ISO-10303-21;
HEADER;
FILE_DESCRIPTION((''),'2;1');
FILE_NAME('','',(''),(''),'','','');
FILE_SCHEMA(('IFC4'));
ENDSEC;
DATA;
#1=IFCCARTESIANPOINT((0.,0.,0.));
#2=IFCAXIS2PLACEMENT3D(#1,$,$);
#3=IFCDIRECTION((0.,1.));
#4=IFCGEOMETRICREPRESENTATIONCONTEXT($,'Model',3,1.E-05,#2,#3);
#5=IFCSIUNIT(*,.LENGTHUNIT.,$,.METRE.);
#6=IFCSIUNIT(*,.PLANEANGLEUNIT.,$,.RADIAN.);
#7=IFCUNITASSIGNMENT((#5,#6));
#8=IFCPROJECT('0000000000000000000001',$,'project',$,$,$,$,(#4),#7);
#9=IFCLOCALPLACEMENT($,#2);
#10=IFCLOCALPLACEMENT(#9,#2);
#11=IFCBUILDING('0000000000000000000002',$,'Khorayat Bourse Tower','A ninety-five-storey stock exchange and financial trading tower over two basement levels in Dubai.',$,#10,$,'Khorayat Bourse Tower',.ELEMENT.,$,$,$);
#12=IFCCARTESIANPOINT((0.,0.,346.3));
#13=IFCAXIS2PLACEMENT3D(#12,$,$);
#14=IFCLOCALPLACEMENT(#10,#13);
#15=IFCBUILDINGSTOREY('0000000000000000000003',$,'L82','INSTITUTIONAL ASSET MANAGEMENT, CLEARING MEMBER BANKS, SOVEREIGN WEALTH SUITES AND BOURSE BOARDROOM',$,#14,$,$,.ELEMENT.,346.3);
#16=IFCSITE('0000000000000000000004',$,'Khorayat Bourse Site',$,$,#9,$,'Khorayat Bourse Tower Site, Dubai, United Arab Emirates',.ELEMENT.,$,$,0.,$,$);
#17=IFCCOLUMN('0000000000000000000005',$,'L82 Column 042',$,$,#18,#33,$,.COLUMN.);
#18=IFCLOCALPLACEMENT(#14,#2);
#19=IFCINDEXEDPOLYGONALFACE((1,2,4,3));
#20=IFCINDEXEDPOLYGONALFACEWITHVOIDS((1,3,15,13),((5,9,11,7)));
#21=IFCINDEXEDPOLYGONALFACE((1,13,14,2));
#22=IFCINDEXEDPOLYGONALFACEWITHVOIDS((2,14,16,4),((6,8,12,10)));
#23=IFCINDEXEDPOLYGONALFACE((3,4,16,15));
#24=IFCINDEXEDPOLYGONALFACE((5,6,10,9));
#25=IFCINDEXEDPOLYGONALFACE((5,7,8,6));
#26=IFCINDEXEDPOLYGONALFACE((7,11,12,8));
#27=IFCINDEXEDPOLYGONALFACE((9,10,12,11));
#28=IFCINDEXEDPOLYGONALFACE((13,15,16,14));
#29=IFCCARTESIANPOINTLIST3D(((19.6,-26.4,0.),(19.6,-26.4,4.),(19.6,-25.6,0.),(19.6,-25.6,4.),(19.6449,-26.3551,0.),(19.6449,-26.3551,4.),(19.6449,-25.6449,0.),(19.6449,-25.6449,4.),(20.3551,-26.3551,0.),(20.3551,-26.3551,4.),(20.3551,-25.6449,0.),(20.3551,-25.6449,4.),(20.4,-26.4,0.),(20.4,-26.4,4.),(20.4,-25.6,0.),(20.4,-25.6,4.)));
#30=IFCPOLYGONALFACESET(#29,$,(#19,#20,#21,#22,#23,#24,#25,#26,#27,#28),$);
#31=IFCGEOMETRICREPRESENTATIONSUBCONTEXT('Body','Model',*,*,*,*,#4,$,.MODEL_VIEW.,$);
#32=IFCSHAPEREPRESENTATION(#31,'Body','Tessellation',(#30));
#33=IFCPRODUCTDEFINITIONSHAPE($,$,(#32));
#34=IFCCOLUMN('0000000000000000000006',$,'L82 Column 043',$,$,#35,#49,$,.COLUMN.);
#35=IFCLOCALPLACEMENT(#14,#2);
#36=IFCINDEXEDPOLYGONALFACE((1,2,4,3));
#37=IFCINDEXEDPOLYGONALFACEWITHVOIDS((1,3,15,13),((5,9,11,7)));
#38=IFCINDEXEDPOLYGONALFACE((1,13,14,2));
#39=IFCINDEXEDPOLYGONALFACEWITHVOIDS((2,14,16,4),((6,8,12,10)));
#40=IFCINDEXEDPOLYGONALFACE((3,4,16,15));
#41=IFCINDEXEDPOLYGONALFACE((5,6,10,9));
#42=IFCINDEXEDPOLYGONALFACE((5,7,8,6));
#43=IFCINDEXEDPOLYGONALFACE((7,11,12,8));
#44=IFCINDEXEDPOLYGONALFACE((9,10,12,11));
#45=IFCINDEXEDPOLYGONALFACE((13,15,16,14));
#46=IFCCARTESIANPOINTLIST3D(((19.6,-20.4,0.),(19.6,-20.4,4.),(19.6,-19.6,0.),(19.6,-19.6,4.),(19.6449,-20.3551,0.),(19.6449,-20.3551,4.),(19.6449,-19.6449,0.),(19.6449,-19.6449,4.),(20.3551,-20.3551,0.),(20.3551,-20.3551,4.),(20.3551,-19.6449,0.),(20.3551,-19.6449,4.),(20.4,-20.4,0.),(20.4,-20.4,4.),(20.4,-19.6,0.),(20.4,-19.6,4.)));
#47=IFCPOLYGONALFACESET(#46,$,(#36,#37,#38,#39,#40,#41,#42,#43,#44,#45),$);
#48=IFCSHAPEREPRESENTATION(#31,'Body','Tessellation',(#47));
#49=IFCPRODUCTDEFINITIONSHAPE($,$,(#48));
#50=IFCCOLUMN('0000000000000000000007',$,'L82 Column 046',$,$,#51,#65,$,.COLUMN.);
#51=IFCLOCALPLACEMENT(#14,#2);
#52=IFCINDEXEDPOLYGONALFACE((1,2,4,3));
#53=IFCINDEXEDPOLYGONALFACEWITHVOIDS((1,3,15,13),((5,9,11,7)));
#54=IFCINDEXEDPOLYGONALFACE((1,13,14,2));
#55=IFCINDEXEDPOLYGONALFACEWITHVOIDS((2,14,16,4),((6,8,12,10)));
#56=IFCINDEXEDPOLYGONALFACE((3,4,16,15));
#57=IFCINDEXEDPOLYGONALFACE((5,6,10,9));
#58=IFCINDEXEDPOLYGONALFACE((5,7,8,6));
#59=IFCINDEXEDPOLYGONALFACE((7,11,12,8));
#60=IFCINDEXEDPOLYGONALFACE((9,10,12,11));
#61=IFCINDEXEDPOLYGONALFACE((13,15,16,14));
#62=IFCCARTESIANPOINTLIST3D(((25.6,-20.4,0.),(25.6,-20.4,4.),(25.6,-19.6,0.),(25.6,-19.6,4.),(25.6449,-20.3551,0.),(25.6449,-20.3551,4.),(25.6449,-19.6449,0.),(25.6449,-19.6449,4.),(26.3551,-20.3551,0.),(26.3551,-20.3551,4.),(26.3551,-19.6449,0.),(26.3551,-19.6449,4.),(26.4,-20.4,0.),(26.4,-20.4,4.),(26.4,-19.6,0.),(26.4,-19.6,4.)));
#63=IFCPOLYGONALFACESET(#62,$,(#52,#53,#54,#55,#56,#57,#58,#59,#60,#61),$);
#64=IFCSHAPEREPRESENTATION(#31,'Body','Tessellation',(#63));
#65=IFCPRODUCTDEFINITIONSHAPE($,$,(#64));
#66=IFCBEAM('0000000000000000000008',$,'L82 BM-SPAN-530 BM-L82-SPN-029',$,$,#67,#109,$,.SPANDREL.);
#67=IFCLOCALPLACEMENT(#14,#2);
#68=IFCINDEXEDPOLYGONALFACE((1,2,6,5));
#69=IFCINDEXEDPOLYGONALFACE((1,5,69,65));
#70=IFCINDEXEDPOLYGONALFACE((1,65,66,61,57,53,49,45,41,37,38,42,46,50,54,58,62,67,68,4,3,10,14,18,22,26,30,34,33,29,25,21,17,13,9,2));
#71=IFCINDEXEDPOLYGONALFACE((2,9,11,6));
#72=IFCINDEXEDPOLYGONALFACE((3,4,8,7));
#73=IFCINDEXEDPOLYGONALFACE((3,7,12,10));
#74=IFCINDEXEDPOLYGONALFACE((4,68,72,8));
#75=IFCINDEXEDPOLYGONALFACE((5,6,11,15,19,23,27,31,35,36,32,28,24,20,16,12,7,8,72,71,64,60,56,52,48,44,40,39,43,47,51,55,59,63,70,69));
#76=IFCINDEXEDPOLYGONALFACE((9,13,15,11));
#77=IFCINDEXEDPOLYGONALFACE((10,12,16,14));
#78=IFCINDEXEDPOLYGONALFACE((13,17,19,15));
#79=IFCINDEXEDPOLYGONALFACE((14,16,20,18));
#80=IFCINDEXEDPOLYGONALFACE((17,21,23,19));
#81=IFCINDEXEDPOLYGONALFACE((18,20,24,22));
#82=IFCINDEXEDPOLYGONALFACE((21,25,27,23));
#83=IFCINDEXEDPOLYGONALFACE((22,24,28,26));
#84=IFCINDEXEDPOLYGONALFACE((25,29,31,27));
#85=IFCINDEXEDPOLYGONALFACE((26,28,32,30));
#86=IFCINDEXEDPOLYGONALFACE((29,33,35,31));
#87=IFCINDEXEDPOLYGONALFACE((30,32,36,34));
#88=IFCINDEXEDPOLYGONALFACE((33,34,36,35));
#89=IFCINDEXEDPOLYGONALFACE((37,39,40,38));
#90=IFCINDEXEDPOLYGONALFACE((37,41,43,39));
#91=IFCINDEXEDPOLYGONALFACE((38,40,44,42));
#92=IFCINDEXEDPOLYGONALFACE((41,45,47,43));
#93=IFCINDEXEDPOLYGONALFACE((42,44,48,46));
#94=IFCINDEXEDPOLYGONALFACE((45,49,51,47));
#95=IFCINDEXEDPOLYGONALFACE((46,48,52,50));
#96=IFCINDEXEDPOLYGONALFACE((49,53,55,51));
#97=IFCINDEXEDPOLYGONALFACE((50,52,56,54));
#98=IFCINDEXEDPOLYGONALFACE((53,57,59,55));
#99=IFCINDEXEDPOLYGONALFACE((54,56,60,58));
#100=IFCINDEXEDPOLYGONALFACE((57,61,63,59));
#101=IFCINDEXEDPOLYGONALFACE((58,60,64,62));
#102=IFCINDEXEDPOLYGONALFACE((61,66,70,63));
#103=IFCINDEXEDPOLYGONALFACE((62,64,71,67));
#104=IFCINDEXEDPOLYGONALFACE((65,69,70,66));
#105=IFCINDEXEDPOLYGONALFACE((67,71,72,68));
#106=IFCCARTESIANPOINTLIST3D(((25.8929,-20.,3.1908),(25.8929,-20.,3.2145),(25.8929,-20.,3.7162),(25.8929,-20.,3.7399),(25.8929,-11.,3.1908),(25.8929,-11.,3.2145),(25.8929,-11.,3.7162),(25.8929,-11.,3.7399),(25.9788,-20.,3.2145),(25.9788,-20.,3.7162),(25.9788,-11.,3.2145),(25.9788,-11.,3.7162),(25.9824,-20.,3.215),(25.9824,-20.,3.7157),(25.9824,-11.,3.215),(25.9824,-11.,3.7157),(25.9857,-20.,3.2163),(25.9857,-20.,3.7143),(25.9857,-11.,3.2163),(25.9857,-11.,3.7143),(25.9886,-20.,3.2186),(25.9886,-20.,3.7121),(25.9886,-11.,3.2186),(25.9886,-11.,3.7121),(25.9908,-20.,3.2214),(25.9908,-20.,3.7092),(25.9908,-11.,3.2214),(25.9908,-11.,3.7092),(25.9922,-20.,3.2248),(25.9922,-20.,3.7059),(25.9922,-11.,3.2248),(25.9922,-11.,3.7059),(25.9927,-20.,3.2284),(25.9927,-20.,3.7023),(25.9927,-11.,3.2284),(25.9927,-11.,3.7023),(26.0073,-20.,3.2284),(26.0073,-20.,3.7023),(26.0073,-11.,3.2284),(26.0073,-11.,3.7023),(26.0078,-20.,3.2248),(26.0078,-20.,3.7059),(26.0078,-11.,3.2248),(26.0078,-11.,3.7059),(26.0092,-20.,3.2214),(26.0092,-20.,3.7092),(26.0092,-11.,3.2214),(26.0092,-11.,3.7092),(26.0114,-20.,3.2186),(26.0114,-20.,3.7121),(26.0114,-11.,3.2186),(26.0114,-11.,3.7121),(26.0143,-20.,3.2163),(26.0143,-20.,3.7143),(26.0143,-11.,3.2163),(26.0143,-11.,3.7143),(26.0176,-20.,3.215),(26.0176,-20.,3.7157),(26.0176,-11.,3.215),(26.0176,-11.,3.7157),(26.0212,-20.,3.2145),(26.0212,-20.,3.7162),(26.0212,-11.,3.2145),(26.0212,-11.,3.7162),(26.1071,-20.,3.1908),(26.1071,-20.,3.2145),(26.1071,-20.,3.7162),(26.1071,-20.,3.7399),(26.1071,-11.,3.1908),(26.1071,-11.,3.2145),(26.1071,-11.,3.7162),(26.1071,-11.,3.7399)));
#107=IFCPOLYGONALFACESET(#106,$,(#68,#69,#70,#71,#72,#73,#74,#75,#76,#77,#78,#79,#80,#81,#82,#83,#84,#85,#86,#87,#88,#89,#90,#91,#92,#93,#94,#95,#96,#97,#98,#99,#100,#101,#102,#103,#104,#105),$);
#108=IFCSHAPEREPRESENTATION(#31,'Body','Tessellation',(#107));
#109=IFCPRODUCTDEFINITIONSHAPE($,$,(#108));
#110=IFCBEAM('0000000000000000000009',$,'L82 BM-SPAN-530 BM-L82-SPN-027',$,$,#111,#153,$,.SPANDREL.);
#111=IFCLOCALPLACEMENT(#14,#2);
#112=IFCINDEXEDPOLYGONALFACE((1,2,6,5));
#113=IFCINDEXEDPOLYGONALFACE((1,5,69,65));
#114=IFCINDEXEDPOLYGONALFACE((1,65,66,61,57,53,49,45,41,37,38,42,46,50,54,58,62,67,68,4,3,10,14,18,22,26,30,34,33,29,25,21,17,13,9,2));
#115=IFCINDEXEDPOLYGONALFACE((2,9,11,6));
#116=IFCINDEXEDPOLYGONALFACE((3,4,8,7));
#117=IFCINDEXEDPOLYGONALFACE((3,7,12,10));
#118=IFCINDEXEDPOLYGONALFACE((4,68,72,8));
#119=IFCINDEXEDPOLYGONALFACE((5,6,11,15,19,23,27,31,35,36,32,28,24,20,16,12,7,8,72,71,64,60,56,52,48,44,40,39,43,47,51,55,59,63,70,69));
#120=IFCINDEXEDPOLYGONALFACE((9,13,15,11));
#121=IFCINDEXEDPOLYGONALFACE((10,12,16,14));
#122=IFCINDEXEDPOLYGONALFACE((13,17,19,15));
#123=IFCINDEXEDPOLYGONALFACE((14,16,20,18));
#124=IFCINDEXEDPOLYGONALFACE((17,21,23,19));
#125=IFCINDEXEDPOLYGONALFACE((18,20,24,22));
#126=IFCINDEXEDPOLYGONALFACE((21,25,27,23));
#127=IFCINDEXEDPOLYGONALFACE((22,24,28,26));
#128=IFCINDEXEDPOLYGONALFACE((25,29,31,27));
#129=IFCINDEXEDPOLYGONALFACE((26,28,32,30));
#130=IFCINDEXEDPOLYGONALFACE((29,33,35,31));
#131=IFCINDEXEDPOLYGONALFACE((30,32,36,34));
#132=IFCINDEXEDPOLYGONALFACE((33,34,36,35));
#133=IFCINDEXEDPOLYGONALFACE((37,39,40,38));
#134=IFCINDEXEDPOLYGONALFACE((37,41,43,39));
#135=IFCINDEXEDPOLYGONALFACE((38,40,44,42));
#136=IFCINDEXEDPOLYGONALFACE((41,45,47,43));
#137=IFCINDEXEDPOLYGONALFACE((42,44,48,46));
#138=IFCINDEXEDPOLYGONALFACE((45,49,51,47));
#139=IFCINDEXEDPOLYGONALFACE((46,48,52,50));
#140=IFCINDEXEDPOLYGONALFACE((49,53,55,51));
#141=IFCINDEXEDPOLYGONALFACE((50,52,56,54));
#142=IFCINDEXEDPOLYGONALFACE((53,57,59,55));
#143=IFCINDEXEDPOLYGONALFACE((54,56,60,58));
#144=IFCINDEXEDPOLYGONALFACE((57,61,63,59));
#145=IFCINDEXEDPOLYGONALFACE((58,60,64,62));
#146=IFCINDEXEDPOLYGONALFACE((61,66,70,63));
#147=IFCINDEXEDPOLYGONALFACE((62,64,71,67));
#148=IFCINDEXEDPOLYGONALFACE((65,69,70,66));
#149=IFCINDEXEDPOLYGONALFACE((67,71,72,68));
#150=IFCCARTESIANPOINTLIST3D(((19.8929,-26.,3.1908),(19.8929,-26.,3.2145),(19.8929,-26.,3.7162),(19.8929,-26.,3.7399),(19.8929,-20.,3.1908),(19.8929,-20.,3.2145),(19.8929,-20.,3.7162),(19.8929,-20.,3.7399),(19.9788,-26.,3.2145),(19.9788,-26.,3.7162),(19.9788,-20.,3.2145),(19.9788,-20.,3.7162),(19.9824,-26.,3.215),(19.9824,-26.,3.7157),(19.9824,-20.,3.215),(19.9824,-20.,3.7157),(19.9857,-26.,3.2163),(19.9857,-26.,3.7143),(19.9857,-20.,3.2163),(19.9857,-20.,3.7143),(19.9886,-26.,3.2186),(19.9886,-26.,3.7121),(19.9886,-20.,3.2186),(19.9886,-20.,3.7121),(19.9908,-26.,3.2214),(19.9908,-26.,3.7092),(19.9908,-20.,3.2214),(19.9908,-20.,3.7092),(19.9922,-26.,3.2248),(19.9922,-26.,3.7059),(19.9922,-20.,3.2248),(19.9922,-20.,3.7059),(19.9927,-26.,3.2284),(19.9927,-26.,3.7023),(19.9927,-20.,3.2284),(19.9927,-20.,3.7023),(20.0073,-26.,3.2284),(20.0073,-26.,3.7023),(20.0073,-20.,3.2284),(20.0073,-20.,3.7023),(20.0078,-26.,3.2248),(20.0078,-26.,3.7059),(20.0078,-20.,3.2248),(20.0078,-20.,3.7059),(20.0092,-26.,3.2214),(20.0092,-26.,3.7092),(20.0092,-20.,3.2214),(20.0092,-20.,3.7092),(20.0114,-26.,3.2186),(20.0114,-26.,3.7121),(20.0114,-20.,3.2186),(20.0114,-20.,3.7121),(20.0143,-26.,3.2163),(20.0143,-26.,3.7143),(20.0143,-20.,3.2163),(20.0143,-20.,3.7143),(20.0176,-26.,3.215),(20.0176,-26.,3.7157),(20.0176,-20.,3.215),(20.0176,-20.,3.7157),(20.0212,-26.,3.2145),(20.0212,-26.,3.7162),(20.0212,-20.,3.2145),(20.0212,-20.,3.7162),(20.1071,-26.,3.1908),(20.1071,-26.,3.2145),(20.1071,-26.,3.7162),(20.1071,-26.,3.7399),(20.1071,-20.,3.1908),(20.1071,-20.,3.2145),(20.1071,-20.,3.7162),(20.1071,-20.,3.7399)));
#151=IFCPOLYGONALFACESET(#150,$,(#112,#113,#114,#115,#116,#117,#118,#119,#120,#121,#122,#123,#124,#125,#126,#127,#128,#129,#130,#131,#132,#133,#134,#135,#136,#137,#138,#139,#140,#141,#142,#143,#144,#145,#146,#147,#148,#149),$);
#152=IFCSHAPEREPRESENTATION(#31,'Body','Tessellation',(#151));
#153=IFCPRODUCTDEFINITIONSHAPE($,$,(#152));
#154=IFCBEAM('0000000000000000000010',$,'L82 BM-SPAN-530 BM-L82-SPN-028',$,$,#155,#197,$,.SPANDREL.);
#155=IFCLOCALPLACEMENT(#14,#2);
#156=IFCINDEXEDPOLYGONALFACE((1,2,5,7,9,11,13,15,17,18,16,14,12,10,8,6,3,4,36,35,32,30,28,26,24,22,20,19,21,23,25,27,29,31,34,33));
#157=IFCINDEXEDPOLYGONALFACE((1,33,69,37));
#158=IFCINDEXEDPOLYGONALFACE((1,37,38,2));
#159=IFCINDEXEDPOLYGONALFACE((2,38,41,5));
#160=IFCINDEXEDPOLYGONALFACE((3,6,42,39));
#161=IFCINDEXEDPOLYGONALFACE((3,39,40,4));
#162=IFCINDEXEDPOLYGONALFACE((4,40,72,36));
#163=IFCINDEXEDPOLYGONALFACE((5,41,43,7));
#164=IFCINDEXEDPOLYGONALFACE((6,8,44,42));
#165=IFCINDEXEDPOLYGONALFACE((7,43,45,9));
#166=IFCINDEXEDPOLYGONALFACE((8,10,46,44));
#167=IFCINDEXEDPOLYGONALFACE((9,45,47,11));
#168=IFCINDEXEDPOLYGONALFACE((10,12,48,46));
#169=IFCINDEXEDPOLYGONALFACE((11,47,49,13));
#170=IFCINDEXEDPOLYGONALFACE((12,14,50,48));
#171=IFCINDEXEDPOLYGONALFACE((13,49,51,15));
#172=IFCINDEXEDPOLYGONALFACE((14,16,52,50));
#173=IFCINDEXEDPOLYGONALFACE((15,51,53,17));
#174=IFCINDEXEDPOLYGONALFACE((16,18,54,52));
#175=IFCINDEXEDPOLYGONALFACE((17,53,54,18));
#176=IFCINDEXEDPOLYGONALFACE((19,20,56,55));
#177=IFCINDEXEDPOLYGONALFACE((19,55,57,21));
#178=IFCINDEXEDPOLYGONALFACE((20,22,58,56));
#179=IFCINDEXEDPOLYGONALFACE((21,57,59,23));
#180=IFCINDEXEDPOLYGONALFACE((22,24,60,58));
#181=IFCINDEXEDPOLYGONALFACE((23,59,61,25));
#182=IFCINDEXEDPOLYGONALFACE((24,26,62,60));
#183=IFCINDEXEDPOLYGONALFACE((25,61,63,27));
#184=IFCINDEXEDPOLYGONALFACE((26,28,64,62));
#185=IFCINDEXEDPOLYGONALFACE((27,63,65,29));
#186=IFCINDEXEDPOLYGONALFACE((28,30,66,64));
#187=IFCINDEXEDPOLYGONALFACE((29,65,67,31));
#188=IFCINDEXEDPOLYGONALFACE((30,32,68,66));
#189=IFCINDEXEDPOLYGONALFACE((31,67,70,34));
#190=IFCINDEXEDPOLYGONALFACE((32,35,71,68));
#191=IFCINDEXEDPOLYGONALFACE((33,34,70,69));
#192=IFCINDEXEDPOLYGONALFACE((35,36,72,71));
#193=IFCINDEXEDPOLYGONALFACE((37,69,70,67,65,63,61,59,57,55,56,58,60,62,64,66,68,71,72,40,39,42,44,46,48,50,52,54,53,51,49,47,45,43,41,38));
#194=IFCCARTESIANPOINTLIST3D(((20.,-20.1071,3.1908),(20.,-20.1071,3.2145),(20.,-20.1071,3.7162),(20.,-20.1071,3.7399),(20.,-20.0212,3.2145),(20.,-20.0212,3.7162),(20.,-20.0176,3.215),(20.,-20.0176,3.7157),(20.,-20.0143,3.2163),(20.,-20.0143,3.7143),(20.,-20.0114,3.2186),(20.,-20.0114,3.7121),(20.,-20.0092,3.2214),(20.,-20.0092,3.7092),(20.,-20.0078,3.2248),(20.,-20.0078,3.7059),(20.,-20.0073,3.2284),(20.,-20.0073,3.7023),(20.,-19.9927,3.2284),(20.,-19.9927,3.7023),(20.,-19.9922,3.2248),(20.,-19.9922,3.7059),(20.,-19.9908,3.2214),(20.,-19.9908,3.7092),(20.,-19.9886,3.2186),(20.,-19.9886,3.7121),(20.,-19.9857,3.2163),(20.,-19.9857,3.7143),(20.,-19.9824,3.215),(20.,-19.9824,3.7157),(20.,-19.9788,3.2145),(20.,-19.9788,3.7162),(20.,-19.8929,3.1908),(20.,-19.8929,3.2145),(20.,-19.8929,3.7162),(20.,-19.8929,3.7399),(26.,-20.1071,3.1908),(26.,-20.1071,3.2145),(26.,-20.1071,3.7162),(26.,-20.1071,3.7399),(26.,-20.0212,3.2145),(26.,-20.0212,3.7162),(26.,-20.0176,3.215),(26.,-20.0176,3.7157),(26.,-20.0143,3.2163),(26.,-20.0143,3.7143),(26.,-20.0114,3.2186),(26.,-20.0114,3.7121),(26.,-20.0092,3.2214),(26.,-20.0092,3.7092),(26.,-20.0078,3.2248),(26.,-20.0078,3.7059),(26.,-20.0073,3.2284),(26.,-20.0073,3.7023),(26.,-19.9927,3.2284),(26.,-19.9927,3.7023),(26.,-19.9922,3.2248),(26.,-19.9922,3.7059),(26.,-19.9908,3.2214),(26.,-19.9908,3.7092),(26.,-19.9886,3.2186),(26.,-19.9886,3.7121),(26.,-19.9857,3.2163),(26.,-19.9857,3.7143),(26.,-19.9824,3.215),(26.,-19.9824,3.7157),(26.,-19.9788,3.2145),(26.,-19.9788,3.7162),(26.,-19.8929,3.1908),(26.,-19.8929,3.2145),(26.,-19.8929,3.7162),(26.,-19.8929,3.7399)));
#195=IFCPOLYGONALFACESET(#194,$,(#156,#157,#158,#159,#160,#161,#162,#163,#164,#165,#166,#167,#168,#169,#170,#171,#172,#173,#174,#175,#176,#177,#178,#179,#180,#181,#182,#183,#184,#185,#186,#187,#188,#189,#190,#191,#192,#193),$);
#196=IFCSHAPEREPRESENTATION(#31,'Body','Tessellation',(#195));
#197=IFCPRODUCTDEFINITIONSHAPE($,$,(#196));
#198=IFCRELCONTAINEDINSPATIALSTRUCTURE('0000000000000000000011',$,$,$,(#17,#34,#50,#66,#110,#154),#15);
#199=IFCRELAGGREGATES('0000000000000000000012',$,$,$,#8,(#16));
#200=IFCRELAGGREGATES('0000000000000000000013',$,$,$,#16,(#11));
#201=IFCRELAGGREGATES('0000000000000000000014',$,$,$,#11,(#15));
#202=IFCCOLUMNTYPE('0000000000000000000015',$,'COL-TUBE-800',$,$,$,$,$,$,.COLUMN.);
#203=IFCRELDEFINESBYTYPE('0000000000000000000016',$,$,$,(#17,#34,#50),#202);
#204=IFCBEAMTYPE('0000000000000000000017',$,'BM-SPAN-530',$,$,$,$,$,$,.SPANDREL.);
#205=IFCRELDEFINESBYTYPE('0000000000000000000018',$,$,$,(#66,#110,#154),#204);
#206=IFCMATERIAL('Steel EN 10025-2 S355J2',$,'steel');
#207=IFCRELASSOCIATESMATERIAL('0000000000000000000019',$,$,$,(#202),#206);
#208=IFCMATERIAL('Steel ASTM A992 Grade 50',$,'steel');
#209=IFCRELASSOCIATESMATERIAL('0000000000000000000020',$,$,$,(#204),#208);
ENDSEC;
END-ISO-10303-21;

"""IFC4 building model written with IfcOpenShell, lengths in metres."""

from ifc_helpers import new_model, si_unit, direction, frame, origin, origin_2d, place, context, subcontext, project, spatial, hollow_rectangle, i_section, extrude, source, transform, mapped, material, material_profile, profile_set, type_object, element, save


model = new_model("IFC4")

# Units and contexts
model_context = context("Model", 3, precision=1e-05, world=origin(), true_north=direction((0.0, 1.0)))
body_context = subcontext(model_context, "Body", "Model", "MODEL_VIEW")
ifc_project = project(units=[si_unit("LENGTHUNIT", "METRE"), si_unit("PLANEANGLEUNIT", "RADIAN")], contexts=[model_context])

# Site, building, storey
site_placement = place(None, origin())
site = spatial("IfcSite", under=ifc_project, at=site_placement, Name="Khorayat Bourse Site", LongName="Khorayat Bourse Tower Site, Dubai, United Arab Emirates", CompositionType="ELEMENT", RefElevation=0.0)
building_placement = place(site_placement, origin())
building = spatial("IfcBuilding", under=site, at=building_placement, Name="Khorayat Bourse Tower", Description="A ninety-five-storey stock exchange and financial trading tower over two basement levels in Dubai.", LongName="Khorayat Bourse Tower", CompositionType="ELEMENT")
storey_placement = place(building_placement, frame((0.0, 0.0, 346.3)))
storey = spatial("IfcBuildingStorey", under=building, at=storey_placement, Name="L82", Description="INSTITUTIONAL ASSET MANAGEMENT, CLEARING MEMBER BANKS, SOVEREIGN WEALTH SUITES AND BOURSE BOARDROOM", CompositionType="ELEMENT", Elevation=346.3)

# Columns
ifc_material_1 = material(Name="Steel EN 10025-2 S355J2", Category="steel")
ifc_material_profile_1 = material_profile(ifc_material_1, hollow_rectangle(XDim=0.8, YDim=0.8, WallThickness=0.0449, at=origin_2d()), Name="BOX 800x800x45")
ifc_profile_set_1 = profile_set([ifc_material_profile_1], Name="Steel EN 10025-2 S355J2")
column_type = type_object("IfcColumnType", Name="COL-TUBE-800", PredefinedType="COLUMN", material=ifc_profile_set_1)
shared_shape_1 = source(origin(), body_context, "Body", "SweptSolid", [
    extrude(hollow_rectangle(XDim=0.8, YDim=0.8, WallThickness=0.0449, at=origin_2d()), origin(), (0.0, 0.0, 1.0), 4.0),
])
for number, where, z_axis, x_axis, name in (
    (1, (20.0, -26.0, 0.0), (0.0, 0.0, 1.0), (1.0, 0.0, 0.0), "L82 Column 042"),
    (2, (20.0, -20.0, 0.0), (0.0, 0.0, 1.0), (1.0, 0.0, 0.0), "L82 Column 043"),
    (3, (26.0, -20.0, 0.0), (0.0, 0.0, 1.0), (1.0, 0.0, 0.0), "L82 Column 046"),
):
    element("IfcColumn", number, at=place(storey_placement, frame(where, z_axis=z_axis, x_axis=x_axis)), inside=storey, type_object=column_type, Name=name, PredefinedType="COLUMN", context=body_context, shape_type="MappedRepresentation", body=[
        mapped(shared_shape_1, transform((0.0, 0.0, 0.0), scale=1.0)),
    ])

# Beams
ifc_material_2 = material(Name="Steel ASTM A992 Grade 50", Category="steel")
ifc_material_profile_2 = material_profile(ifc_material_2, i_section(OverallWidth=0.2141, OverallDepth=0.5491, WebThickness=0.0146, FlangeThickness=0.0237, FilletRadius=0.0139, at=origin_2d()), Name="W530X138")
ifc_profile_set_2 = profile_set([ifc_material_profile_2], Name="Steel ASTM A992 Grade 50")
beam_type_1 = type_object("IfcBeamType", Name="BM-SPAN-530", PredefinedType="SPANDREL", material=ifc_profile_set_2)
shared_shape_2 = source(origin(), body_context, "Body", "SweptSolid", [
    extrude(i_section(OverallWidth=0.2141, OverallDepth=0.5491, WebThickness=0.0146, FlangeThickness=0.0237, FilletRadius=0.0139, at=origin_2d()), origin(), (0.0, 0.0, 1.0), 9.0),
])
beam_1_placement = place(storey_placement, frame((26.0, -20.0, 3.4653), z_axis=(0.0, 1.0, 0.0), x_axis=(-1.0, 0.0, 0.0)))
element("IfcBeam", 4, at=beam_1_placement, inside=storey, type_object=beam_type_1, Name="L82 BM-SPAN-530 BM-L82-SPN-029", PredefinedType="SPANDREL", context=body_context, shape_type="MappedRepresentation", body=[
    mapped(shared_shape_2, transform((0.0, 0.0, 0.0), scale=1.0)),
])
shared_shape_3 = source(origin(), body_context, "Body", "SweptSolid", [
    extrude(i_section(OverallWidth=0.2141, OverallDepth=0.5491, WebThickness=0.0146, FlangeThickness=0.0237, FilletRadius=0.0139, at=origin_2d()), origin(), (0.0, 0.0, 1.0), 6.0),
])
for number, where, z_axis, x_axis, name in (
    (5, (20.0, -26.0, 3.4653), (0.0, 1.0, 0.0), (-1.0, 0.0, 0.0), "L82 BM-SPAN-530 BM-L82-SPN-027"),
    (6, (20.0, -20.0, 3.4653), (1.0, 0.0, 0.0), (0.0, 1.0, 0.0), "L82 BM-SPAN-530 BM-L82-SPN-028"),
):
    element("IfcBeam", number, at=place(storey_placement, frame(where, z_axis=z_axis, x_axis=x_axis)), inside=storey, type_object=beam_type_1, Name=name, PredefinedType="SPANDREL", context=body_context, shape_type="MappedRepresentation", body=[
        mapped(shared_shape_3, transform((0.0, 0.0, 0.0), scale=1.0)),
    ])

save(model, "model.ifc")
